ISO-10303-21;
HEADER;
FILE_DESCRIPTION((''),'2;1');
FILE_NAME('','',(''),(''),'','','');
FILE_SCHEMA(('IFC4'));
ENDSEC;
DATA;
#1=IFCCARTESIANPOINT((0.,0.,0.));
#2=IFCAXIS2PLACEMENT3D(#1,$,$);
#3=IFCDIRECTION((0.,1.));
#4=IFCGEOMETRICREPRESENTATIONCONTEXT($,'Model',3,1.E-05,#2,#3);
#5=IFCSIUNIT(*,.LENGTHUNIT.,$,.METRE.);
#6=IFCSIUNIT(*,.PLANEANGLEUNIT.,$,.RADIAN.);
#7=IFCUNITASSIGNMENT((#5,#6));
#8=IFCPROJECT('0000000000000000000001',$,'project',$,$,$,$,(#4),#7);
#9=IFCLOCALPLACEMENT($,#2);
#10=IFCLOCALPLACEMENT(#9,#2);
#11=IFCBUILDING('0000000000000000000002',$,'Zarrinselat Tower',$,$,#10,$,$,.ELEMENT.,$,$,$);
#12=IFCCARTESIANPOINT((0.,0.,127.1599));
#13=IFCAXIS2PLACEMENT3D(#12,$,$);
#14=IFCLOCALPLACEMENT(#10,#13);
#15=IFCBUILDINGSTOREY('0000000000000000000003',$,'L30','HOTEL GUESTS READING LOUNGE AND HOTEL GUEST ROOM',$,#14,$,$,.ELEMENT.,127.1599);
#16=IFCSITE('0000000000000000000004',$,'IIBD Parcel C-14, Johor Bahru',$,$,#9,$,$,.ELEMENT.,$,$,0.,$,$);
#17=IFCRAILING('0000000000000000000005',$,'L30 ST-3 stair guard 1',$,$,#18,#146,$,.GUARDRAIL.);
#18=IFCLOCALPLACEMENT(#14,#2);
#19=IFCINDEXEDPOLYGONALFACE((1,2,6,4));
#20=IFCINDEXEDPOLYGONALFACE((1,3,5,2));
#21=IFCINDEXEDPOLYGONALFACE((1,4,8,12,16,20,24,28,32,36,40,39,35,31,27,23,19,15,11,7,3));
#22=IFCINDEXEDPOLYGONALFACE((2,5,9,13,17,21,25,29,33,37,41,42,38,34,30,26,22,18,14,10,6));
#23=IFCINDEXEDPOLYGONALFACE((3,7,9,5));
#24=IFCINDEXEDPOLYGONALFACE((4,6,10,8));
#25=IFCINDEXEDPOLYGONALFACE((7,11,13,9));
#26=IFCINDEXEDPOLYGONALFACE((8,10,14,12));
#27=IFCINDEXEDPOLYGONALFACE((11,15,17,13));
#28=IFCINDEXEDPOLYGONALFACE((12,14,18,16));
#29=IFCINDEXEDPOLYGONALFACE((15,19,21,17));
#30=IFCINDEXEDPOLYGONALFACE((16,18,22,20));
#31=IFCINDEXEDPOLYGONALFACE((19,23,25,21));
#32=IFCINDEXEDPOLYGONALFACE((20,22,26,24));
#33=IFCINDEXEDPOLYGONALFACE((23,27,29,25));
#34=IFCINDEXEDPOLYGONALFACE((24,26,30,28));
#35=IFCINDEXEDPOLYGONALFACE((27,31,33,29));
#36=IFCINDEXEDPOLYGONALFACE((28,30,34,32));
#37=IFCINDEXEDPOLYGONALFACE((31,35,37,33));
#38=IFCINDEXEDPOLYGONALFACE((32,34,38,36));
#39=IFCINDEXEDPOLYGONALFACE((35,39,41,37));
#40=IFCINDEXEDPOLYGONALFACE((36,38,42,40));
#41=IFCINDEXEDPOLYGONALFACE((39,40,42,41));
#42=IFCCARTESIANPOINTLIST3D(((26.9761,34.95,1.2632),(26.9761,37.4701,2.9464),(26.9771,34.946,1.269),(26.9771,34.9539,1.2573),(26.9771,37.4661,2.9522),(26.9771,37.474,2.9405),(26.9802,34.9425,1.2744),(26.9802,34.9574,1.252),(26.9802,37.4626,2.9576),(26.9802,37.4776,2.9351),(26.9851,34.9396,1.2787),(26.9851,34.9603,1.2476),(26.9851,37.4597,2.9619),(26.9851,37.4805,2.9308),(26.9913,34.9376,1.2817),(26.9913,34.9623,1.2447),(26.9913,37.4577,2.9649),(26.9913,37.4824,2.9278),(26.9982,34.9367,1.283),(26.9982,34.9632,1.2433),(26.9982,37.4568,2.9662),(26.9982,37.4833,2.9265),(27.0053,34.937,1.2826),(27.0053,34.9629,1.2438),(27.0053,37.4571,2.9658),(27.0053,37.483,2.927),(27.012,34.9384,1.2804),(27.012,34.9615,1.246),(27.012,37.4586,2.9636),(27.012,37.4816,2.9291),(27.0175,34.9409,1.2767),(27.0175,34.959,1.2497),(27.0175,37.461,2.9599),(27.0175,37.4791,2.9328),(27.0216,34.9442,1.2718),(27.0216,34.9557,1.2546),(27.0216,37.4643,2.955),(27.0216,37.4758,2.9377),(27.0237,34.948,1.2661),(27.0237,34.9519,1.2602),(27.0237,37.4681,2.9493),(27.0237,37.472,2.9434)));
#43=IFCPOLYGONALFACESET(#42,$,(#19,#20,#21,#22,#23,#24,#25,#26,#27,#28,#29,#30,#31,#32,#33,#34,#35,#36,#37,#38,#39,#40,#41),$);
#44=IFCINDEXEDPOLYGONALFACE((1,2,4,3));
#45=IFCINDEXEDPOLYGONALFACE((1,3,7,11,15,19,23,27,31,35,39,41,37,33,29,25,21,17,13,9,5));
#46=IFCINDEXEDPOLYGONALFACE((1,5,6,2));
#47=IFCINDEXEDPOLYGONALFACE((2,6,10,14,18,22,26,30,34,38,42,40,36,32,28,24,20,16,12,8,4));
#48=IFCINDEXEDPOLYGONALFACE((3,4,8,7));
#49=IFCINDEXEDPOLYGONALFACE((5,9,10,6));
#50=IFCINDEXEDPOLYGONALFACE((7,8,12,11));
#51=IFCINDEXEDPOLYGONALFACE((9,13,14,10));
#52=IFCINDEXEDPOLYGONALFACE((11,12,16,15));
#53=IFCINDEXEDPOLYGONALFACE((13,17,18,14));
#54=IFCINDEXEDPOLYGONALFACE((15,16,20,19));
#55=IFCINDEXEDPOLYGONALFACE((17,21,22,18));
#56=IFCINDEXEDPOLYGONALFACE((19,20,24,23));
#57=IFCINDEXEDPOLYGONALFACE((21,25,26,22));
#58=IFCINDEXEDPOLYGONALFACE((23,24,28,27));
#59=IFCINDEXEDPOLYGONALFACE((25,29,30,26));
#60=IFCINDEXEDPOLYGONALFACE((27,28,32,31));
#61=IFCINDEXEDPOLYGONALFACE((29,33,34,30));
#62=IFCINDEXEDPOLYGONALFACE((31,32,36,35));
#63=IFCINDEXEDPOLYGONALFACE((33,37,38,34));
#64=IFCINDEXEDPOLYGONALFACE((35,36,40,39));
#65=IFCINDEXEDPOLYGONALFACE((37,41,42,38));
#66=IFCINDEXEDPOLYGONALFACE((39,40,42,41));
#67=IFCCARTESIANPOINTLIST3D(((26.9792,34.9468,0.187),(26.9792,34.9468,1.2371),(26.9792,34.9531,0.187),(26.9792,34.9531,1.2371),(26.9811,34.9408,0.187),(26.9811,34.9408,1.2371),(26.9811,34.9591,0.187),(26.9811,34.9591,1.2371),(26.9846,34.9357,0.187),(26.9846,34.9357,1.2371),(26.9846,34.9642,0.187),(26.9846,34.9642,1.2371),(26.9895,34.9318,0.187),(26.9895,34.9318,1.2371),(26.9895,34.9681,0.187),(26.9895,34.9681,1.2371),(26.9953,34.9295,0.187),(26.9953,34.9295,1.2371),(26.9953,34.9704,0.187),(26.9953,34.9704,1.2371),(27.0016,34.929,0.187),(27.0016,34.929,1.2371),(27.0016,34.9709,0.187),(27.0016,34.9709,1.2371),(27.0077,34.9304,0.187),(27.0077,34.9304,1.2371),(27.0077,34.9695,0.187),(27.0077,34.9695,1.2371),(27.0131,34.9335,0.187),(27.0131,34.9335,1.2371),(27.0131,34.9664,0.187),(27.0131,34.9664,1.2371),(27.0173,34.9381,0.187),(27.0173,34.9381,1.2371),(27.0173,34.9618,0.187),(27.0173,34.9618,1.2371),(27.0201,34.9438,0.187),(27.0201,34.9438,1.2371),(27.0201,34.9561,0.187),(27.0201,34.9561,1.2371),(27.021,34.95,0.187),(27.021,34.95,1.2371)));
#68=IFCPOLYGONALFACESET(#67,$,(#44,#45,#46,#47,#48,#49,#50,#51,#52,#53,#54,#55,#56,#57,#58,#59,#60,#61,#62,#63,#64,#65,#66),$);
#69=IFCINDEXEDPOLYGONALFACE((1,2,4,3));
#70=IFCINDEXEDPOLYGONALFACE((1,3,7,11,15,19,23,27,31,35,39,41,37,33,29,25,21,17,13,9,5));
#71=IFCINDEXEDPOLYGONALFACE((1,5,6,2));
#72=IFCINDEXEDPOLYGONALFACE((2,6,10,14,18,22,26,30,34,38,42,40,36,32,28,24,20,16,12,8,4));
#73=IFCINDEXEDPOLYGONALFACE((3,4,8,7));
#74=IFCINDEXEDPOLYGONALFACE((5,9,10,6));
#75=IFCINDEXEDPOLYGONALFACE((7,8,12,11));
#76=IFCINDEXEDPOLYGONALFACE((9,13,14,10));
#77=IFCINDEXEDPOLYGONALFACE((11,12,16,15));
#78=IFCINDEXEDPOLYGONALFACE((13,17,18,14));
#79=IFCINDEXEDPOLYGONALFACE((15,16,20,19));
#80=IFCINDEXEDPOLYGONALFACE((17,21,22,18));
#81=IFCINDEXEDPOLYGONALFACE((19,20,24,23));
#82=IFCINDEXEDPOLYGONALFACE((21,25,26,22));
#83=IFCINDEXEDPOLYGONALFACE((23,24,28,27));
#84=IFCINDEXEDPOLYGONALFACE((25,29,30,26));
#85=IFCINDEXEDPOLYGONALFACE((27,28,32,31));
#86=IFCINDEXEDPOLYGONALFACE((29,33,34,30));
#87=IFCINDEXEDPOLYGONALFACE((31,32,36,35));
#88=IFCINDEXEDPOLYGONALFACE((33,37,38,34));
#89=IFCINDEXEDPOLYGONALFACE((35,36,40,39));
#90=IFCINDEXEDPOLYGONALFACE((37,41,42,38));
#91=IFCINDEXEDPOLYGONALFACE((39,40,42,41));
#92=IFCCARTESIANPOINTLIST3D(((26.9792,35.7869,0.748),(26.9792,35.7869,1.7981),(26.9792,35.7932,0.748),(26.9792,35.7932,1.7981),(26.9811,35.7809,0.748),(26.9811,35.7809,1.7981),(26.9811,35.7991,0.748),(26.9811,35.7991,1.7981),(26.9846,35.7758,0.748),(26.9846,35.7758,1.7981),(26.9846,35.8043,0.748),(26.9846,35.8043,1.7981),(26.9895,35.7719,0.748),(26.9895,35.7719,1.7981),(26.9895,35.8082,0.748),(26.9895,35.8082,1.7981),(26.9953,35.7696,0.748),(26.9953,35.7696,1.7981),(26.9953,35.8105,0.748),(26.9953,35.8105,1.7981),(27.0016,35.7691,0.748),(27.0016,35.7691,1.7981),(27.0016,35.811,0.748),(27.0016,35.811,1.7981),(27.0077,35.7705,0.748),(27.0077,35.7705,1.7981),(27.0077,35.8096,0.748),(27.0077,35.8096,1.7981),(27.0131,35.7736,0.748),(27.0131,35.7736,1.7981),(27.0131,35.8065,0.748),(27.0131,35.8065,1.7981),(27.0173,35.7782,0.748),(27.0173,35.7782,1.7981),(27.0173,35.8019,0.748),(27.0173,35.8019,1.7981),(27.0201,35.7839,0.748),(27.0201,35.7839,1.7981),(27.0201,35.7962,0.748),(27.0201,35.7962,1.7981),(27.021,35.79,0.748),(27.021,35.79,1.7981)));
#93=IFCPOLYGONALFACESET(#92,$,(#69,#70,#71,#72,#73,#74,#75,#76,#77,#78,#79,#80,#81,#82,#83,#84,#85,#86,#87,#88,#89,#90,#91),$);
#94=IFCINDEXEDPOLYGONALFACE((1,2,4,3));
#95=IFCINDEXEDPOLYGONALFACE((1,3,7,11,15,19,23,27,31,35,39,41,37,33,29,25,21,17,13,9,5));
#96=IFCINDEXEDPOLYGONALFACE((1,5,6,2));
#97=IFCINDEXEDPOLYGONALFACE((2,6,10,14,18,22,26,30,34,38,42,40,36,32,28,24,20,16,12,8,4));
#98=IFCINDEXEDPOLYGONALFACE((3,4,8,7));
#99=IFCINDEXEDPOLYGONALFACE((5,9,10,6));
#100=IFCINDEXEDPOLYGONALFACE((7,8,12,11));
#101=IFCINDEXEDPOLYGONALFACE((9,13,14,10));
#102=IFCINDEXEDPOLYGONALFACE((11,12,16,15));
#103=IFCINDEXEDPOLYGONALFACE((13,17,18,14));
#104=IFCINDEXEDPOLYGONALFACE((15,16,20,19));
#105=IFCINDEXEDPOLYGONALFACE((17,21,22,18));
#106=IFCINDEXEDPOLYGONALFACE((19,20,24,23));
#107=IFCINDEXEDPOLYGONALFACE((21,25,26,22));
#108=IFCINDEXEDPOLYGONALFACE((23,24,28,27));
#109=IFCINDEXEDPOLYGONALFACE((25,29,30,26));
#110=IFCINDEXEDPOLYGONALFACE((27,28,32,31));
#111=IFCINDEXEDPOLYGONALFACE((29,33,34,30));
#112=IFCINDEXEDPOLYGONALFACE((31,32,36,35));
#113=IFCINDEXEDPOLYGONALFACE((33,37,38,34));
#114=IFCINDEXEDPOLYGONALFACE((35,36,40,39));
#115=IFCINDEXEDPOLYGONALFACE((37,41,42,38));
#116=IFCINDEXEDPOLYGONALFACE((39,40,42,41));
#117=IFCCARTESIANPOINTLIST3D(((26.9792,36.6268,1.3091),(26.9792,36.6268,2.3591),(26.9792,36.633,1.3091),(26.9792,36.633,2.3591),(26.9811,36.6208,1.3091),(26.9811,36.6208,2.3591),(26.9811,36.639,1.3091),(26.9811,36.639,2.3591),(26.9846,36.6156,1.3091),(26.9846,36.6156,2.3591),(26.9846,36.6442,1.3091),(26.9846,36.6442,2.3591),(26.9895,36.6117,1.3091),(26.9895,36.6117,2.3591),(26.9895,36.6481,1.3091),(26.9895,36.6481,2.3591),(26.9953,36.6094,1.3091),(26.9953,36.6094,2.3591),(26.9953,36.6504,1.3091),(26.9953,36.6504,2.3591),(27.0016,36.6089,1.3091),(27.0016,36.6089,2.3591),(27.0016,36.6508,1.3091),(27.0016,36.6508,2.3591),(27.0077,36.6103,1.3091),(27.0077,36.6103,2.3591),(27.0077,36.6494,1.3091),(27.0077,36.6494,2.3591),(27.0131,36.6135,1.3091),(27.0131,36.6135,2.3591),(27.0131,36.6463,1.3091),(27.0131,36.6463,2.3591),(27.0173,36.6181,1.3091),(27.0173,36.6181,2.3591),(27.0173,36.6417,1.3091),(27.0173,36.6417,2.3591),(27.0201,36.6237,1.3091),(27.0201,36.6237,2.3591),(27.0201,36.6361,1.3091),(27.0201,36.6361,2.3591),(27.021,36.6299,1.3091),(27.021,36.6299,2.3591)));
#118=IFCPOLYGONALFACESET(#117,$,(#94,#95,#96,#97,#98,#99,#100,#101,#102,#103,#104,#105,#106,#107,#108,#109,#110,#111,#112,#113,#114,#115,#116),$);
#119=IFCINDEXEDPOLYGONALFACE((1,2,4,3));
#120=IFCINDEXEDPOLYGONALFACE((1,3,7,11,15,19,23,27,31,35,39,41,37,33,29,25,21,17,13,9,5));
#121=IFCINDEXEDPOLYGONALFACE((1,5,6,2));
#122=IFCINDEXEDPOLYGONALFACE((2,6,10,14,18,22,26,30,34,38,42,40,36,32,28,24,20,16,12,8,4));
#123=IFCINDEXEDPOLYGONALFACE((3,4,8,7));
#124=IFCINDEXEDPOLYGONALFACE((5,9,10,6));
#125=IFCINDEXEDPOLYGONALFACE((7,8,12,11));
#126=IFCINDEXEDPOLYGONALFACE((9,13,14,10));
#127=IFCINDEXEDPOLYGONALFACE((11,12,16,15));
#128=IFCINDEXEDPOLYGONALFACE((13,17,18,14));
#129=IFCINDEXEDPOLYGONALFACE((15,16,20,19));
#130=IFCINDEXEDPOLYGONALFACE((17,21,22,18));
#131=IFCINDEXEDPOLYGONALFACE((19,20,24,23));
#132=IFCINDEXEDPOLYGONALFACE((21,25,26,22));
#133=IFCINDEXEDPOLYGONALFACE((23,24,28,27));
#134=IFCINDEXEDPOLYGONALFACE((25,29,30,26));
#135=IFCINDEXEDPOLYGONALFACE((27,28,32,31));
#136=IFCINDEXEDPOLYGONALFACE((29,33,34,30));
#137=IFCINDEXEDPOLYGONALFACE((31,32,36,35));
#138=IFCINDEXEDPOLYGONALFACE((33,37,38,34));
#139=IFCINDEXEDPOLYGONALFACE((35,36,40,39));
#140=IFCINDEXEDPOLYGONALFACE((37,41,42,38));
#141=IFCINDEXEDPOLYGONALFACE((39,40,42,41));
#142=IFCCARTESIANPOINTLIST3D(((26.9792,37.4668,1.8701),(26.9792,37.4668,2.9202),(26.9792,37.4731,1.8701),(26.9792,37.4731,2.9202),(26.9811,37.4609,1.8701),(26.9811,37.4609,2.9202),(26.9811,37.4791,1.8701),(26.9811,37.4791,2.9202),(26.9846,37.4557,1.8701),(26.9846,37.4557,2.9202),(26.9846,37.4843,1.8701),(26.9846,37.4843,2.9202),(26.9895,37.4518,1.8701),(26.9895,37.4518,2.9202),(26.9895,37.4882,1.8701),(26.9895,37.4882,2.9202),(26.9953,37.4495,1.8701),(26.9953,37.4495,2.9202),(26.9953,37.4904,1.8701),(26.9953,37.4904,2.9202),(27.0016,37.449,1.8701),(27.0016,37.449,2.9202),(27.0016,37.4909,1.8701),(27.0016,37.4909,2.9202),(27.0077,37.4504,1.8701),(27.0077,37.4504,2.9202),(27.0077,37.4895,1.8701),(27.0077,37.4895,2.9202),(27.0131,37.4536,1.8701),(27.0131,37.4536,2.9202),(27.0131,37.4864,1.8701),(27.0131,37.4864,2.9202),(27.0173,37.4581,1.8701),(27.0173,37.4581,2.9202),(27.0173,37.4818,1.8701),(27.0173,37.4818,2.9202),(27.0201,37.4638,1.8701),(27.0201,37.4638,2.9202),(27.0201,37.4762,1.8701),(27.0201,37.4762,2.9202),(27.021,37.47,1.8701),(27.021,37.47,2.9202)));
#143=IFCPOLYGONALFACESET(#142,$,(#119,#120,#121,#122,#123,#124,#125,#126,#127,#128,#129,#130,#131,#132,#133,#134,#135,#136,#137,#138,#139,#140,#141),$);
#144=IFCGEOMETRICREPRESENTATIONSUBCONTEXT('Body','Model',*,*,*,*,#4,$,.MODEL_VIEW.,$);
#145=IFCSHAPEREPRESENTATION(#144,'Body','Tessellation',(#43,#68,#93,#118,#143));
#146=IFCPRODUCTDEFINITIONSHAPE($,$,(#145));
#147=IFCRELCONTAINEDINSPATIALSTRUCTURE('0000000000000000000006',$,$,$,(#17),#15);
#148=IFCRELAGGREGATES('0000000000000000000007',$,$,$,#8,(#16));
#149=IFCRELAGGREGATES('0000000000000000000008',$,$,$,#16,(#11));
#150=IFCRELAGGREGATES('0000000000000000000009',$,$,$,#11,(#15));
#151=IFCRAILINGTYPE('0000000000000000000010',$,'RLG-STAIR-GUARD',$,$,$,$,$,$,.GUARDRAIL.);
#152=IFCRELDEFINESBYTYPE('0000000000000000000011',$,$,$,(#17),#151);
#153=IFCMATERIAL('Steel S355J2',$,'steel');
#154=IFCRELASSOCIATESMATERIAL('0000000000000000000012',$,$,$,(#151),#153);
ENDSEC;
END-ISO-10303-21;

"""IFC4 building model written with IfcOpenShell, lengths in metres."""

from ifc_helpers import new_model, si_unit, direction, frame, origin, origin_2d, place, context, subcontext, project, spatial, circle, extrude, material, type_object, element, save


model = new_model("IFC4")

# Units and contexts
model_context = context("Model", 3, precision=1e-05, world=origin(), true_north=direction((0.0, 1.0)))
body_context = subcontext(model_context, "Body", "Model", "MODEL_VIEW")
ifc_project = project(units=[si_unit("LENGTHUNIT", "METRE"), si_unit("PLANEANGLEUNIT", "RADIAN")], contexts=[model_context])

# Site, building, storey
site_placement = place(None, origin())
site = spatial("IfcSite", under=ifc_project, at=site_placement, Name="IIBD Parcel C-14, Johor Bahru", CompositionType="ELEMENT", RefElevation=0.0)
building_placement = place(site_placement, origin())
building = spatial("IfcBuilding", under=site, at=building_placement, Name="Zarrinselat Tower", CompositionType="ELEMENT")
storey_placement = place(building_placement, frame((0.0, 0.0, 127.1599)))
storey = spatial("IfcBuildingStorey", under=building, at=storey_placement, Name="L30", Description="HOTEL GUESTS READING LOUNGE AND HOTEL GUEST ROOM", CompositionType="ELEMENT", Elevation=127.1599)

# Railing
ifc_material_1 = material(Name="Steel S355J2", Category="steel")
railing_type_1 = type_object("IfcRailingType", Name="RLG-STAIR-GUARD", PredefinedType="GUARDRAIL", material=ifc_material_1)
railing_1_placement = place(storey_placement, frame((27.0, 34.95, 0.187)))
element("IfcRailing", 1, at=railing_1_placement, inside=storey, type_object=railing_type_1, Name="L30 ST-3 stair guard 1", PredefinedType="GUARDRAIL", context=body_context, shape_type="SweptSolid", body=[
    extrude(circle(Radius=0.0239, at=origin_2d()), frame((0.0, 0.0, 1.0762), z_axis=(0.0, 0.831579, 0.555406), x_axis=(-1.0, 0.0, 0.0)), (0.0, 0.0, 1.0), 3.0305),
    extrude(circle(Radius=0.021, at=origin_2d()), origin(), (0.0, 0.0, 1.0), 1.05),
    extrude(circle(Radius=0.021, at=origin_2d()), frame((0.0, 0.8401, 0.561)), (0.0, 0.0, 1.0), 1.05),
    extrude(circle(Radius=0.021, at=origin_2d()), frame((0.0, 1.6799, 1.1221)), (0.0, 0.0, 1.0), 1.05),
    extrude(circle(Radius=0.021, at=origin_2d()), frame((0.0, 2.52, 1.6831)), (0.0, 0.0, 1.0), 1.05),
])

save(model, "model.ifc")
